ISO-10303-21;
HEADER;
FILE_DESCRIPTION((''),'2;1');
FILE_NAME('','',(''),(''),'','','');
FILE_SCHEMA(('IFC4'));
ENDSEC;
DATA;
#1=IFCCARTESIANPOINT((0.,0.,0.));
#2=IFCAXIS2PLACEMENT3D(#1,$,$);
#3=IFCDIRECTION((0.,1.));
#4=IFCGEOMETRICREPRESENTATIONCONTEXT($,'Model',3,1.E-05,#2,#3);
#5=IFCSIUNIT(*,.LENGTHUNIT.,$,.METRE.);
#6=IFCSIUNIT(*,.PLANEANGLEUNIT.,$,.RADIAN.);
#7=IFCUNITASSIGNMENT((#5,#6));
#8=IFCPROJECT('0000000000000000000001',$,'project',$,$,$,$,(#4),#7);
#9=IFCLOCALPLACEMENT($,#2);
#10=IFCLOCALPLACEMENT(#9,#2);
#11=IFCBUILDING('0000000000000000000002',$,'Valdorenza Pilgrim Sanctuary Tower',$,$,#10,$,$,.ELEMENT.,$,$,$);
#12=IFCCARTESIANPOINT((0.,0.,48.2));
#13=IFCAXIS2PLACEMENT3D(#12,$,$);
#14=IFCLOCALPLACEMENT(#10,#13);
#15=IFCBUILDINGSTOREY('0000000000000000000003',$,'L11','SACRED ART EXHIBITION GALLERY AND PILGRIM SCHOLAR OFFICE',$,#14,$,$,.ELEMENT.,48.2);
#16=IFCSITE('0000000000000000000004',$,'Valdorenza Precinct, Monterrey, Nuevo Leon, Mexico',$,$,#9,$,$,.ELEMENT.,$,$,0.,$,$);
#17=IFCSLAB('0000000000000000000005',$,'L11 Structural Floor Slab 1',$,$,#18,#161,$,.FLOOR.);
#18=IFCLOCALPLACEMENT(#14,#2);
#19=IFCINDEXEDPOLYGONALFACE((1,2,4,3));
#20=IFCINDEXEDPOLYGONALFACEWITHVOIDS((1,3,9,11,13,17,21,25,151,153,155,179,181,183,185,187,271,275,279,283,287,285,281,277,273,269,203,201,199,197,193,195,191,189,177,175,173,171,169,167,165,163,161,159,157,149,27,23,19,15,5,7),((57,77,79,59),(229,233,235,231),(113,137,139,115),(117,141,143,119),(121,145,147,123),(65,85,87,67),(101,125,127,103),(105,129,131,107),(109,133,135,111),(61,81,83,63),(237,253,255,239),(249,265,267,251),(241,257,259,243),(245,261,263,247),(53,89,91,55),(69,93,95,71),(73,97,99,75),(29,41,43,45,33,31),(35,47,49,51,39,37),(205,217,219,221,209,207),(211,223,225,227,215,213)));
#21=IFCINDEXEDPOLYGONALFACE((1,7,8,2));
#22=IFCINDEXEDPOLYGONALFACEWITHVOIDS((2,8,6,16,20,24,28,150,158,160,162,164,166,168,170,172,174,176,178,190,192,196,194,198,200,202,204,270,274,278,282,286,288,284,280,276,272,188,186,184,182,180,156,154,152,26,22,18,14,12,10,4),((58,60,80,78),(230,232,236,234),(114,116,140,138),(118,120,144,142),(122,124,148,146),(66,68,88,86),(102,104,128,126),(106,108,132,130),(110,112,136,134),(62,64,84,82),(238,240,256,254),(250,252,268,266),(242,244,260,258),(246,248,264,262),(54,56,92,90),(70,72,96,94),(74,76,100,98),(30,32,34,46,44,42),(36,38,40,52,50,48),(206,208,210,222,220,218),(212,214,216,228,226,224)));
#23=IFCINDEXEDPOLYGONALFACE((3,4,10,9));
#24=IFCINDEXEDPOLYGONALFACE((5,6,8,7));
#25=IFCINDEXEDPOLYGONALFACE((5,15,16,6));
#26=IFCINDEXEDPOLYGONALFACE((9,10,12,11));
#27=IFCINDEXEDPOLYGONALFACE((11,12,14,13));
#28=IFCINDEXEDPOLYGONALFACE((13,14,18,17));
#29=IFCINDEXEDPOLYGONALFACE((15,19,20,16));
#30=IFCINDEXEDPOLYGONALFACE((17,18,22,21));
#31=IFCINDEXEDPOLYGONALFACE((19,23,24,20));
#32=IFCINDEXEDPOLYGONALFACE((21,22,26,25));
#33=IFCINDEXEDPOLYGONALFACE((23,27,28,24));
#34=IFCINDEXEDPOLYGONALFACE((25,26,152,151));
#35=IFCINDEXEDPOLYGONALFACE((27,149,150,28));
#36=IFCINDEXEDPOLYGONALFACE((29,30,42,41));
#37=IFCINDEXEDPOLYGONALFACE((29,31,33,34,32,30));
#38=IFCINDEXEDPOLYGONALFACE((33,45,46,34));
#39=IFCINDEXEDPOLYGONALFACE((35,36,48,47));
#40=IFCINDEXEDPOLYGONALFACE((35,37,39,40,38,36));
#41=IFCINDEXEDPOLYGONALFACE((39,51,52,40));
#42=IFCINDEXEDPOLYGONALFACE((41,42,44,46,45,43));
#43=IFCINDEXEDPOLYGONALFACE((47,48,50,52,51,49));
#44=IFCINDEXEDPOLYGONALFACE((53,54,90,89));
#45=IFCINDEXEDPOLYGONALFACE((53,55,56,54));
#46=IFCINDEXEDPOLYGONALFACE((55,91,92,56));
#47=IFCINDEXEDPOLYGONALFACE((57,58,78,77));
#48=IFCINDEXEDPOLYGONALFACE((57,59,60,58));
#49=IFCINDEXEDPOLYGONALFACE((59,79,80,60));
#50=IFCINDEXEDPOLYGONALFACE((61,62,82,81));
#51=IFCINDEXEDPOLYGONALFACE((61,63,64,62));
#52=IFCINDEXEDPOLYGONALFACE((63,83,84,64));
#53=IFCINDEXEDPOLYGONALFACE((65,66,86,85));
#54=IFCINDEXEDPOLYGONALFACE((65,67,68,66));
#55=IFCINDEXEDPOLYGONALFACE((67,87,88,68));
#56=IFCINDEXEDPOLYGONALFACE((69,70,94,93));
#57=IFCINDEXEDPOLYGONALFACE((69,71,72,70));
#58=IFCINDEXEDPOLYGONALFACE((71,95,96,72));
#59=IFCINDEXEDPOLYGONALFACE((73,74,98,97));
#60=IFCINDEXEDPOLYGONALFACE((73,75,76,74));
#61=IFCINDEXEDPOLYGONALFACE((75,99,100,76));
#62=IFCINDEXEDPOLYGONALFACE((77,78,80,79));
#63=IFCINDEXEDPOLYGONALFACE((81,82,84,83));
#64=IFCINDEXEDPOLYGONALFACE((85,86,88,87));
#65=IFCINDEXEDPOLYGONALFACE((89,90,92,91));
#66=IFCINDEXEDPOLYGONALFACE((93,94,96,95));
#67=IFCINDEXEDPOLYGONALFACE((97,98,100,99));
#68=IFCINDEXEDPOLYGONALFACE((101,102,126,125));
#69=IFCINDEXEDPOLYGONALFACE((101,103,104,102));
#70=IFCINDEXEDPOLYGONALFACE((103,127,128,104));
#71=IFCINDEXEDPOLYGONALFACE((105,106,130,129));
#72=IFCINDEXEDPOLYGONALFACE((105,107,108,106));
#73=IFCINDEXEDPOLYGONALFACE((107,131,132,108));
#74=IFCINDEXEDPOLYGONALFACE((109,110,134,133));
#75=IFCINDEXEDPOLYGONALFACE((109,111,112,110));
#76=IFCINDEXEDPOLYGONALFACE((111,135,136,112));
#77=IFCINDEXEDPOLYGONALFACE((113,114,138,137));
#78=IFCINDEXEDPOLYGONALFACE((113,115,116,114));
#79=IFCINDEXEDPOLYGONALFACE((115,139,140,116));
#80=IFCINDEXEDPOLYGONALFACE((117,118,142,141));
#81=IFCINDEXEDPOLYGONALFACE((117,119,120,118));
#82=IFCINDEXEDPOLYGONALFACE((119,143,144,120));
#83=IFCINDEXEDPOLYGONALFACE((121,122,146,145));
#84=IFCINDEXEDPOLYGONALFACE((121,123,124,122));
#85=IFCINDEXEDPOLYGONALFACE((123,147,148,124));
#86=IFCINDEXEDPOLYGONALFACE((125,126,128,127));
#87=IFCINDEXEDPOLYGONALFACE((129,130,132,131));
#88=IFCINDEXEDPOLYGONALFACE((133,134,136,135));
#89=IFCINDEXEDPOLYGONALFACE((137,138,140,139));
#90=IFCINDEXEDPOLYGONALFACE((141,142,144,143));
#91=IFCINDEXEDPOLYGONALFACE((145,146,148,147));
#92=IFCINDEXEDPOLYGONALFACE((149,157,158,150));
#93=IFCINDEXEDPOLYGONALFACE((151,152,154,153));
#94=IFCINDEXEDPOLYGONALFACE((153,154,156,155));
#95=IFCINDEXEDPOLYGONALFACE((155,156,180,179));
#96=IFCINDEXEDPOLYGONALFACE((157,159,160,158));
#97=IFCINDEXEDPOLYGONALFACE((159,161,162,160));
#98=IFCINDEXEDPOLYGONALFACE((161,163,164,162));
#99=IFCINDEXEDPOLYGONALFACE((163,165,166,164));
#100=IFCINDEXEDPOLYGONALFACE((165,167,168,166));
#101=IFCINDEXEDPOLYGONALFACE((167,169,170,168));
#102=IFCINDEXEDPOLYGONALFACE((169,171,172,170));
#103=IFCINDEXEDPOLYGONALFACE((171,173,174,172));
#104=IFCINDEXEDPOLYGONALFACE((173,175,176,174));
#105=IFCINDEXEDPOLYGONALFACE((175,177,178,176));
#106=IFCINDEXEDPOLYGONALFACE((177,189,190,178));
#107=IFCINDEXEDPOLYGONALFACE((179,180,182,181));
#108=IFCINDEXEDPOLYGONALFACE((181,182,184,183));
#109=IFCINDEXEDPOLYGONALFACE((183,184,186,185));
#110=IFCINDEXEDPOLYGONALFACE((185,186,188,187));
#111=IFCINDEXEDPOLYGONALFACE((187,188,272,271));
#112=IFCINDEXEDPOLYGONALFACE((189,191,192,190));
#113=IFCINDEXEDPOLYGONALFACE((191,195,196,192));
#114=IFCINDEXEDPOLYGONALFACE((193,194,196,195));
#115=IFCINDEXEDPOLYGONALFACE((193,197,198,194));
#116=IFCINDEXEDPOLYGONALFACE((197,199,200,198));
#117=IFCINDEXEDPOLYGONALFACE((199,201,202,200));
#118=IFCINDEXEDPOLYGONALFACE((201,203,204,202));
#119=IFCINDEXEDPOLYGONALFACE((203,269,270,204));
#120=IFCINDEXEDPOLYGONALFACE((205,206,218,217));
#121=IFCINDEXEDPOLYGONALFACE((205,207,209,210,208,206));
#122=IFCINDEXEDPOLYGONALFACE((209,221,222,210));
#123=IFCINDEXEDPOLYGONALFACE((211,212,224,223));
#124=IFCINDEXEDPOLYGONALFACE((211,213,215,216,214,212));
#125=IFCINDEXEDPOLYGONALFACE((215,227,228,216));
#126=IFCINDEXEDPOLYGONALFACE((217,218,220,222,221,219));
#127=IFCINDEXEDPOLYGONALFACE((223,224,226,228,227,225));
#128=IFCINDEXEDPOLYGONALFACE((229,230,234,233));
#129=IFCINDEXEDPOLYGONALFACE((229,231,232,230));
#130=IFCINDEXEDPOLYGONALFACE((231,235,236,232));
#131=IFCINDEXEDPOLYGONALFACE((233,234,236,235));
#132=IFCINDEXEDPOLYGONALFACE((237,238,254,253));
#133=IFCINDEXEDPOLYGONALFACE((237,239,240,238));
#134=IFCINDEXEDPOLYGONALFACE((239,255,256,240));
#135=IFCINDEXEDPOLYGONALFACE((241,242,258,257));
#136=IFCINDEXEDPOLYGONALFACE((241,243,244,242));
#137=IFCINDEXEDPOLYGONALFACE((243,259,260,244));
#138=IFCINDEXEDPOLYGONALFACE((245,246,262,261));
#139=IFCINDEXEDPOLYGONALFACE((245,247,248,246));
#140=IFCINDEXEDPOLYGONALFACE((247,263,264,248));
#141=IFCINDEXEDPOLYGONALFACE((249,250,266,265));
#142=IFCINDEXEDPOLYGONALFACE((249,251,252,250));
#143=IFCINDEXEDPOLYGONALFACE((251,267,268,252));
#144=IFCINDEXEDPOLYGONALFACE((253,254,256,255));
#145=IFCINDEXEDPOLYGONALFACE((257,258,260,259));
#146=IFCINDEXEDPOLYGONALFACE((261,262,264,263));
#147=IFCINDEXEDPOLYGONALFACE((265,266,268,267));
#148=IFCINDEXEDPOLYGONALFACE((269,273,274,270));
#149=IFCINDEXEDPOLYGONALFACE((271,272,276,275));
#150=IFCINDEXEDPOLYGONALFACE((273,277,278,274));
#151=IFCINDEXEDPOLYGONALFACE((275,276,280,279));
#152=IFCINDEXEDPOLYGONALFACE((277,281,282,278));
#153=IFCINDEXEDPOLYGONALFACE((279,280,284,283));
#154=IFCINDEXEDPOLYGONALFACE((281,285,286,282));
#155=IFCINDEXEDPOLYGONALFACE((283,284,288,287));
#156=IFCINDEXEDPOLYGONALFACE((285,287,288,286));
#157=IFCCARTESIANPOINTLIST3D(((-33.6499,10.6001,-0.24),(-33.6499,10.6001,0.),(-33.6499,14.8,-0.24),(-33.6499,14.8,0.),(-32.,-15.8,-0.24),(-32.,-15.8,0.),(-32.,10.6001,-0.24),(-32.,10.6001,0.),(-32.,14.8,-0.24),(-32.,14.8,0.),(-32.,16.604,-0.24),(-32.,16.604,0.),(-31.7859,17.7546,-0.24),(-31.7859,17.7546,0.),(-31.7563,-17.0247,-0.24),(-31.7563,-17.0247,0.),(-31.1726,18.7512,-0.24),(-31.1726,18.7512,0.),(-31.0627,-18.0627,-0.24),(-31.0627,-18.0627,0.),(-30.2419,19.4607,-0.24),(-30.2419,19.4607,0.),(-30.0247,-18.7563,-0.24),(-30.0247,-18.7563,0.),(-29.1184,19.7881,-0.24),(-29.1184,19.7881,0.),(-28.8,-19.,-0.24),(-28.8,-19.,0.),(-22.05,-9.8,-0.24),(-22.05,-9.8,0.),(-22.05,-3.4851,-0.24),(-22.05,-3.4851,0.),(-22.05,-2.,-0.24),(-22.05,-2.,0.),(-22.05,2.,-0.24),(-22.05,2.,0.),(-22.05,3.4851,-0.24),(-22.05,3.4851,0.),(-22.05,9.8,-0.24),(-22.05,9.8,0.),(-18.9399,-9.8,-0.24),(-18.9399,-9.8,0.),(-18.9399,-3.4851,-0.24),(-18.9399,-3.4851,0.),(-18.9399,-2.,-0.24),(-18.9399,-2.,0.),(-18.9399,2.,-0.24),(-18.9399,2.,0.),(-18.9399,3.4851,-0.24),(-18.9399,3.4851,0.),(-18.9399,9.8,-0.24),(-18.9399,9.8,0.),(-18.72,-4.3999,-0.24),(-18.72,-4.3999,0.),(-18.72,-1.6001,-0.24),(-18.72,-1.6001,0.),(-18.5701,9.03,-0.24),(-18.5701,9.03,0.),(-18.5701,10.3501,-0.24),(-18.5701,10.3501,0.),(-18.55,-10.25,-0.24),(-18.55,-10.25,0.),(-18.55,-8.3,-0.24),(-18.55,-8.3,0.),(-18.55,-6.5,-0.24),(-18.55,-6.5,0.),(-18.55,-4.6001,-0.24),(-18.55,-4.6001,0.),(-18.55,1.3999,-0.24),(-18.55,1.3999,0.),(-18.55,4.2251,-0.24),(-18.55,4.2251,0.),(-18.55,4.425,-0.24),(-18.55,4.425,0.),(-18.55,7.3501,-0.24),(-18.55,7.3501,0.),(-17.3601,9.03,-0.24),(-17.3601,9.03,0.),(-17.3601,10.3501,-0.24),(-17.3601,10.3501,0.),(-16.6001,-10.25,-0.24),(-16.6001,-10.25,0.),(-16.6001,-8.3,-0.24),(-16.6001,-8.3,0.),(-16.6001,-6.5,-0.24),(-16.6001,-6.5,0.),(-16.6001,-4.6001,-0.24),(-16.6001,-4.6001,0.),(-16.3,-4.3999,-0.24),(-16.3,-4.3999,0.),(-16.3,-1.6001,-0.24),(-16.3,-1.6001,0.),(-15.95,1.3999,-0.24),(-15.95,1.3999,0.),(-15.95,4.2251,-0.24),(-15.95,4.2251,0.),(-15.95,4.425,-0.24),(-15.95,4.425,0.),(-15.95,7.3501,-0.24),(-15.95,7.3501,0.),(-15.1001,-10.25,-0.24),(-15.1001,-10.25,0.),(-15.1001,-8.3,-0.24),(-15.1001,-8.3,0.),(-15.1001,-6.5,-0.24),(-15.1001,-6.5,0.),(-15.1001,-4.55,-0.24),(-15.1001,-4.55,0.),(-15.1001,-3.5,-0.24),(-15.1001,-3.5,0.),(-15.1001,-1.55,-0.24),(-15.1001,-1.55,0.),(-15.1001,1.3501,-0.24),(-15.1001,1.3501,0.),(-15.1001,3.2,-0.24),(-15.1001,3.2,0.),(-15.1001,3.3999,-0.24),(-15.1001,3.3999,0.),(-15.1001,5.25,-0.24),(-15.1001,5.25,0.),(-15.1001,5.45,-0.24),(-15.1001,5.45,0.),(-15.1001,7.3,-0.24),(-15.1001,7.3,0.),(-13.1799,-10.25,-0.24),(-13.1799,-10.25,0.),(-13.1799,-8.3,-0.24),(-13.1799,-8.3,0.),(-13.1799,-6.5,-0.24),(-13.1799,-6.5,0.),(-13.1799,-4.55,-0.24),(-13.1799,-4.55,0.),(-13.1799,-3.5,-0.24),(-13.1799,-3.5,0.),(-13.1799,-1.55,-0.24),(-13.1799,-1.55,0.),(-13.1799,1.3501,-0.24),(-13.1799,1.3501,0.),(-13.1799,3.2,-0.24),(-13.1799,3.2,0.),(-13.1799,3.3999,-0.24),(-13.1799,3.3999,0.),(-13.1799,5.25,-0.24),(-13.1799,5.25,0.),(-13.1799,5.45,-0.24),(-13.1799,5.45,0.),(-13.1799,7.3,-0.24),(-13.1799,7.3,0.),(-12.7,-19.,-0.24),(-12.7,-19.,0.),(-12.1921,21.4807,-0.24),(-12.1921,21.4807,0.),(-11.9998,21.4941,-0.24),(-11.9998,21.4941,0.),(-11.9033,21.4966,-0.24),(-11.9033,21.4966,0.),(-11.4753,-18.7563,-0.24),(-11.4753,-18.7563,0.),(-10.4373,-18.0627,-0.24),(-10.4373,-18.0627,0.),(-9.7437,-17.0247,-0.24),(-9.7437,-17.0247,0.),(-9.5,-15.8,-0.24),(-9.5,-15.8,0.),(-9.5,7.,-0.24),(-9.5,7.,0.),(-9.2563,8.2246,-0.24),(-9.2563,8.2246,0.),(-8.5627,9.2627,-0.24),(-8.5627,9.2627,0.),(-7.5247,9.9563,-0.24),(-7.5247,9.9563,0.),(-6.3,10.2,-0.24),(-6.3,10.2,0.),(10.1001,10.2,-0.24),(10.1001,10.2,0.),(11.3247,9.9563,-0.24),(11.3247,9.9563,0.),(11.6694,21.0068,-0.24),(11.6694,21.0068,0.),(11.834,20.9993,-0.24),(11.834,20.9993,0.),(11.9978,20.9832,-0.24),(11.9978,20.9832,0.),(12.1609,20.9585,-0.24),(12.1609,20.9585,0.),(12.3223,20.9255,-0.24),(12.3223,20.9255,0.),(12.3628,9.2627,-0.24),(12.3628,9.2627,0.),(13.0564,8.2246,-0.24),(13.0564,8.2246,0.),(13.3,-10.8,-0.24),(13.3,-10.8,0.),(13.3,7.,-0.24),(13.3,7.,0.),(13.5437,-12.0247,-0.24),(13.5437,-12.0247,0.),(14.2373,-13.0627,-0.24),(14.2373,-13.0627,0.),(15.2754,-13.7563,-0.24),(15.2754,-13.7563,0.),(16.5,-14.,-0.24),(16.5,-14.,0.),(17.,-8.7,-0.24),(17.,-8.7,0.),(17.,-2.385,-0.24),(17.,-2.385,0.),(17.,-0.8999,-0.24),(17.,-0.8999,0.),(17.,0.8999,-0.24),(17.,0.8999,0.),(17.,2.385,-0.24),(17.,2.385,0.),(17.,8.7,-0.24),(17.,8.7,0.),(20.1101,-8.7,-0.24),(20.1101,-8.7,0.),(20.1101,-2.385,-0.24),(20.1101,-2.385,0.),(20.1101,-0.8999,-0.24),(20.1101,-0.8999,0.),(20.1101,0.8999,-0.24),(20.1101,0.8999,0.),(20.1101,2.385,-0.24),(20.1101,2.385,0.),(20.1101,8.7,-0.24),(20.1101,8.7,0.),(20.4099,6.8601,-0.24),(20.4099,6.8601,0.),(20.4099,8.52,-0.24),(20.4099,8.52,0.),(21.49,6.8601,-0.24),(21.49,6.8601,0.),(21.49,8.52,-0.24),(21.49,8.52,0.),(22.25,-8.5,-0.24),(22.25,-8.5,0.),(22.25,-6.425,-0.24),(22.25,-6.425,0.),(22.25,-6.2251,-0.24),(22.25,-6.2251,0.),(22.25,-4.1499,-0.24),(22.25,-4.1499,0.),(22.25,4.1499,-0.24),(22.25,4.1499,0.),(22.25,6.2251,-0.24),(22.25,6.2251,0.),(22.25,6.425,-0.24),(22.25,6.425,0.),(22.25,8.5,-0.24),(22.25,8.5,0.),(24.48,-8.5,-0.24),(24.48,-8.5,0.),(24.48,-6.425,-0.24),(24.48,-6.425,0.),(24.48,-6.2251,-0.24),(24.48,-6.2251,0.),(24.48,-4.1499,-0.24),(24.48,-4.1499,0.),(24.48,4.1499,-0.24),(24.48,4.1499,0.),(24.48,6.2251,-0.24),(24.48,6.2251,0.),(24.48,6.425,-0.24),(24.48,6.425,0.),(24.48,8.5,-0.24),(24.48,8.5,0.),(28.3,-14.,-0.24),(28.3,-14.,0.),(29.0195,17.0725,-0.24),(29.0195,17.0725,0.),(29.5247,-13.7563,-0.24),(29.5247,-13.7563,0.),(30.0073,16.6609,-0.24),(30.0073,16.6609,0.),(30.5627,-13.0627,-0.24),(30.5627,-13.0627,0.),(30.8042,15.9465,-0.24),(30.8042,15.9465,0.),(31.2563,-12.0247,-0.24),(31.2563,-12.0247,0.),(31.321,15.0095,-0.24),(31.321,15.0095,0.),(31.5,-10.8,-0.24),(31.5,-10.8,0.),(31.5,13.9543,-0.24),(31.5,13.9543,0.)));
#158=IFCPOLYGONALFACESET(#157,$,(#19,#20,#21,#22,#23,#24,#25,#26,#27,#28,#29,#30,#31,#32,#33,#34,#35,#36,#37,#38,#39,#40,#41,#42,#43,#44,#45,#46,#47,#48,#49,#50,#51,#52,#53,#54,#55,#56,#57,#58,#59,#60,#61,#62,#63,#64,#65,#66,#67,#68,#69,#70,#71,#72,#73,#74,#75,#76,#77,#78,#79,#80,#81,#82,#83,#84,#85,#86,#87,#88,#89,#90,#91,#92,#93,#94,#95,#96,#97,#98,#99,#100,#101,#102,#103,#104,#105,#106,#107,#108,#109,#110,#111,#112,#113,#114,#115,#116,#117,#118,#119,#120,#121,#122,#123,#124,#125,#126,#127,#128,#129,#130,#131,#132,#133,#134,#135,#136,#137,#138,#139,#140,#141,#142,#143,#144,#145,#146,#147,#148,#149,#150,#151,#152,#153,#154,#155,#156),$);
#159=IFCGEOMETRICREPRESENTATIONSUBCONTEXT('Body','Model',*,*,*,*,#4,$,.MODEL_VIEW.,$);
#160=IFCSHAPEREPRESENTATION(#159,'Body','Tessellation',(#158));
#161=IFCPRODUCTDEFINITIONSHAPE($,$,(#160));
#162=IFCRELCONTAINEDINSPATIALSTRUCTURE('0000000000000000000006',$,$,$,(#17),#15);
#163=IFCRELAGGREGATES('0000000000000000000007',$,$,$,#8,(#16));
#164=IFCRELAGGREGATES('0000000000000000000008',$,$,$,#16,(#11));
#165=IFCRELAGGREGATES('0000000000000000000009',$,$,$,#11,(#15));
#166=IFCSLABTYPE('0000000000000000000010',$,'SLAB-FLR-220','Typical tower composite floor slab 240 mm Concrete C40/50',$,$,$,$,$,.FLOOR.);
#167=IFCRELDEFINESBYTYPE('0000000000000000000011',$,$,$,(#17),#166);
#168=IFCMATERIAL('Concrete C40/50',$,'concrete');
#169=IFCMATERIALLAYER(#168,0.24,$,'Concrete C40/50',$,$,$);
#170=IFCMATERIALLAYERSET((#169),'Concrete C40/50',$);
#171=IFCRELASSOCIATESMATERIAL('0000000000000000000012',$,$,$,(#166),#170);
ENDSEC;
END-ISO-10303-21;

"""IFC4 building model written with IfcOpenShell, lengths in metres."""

from ifc_helpers import new_model, si_unit, direction, frame, origin, place, context, subcontext, project, spatial, polyline, outline, extrude, material, layer, layer_set, type_object, element, save


model = new_model("IFC4")

# Units and contexts
model_context = context("Model", 3, precision=1e-05, world=origin(), true_north=direction((0.0, 1.0)))
body_context = subcontext(model_context, "Body", "Model", "MODEL_VIEW")
ifc_project = project(units=[si_unit("LENGTHUNIT", "METRE"), si_unit("PLANEANGLEUNIT", "RADIAN")], contexts=[model_context])

# Site, building, storey
site_placement = place(None, origin())
site = spatial("IfcSite", under=ifc_project, at=site_placement, Name="Valdorenza Precinct, Monterrey, Nuevo Leon, Mexico", CompositionType="ELEMENT", RefElevation=0.0)
building_placement = place(site_placement, origin())
building = spatial("IfcBuilding", under=site, at=building_placement, Name="Valdorenza Pilgrim Sanctuary Tower", CompositionType="ELEMENT")
storey_placement = place(building_placement, frame((0.0, 0.0, 48.2)))
storey = spatial("IfcBuildingStorey", under=building, at=storey_placement, Name="L11", Description="SACRED ART EXHIBITION GALLERY AND PILGRIM SCHOLAR OFFICE", CompositionType="ELEMENT", Elevation=48.2)

# Slab
ifc_material_1 = material(Name="Concrete C40/50", Category="concrete")
ifc_layer_1 = layer(ifc_material_1, 0.24, Name="Concrete C40/50")
ifc_layer_set_1 = layer_set([ifc_layer_1], Name="Concrete C40/50")
slab_type_1 = type_object("IfcSlabType", Name="SLAB-FLR-220", Description="Typical tower composite floor slab 240 mm Concrete C40/50", PredefinedType="FLOOR", material=ifc_layer_set_1)
slab_1_placement = place(storey_placement, frame((0.0, 0.0, -0.24)))
element("IfcSlab", 1, at=slab_1_placement, inside=storey, type_object=slab_type_1, Name="L11 Structural Floor Slab 1", PredefinedType="FLOOR", context=body_context, shape_type="SweptSolid", body=[
    extrude(outline(polyline([(-31.7859, 17.7546), (-31.1726, 18.7512), (-30.2419, 19.4607), (-29.1184, 19.7881), (-12.1921, 21.4807), (-11.9998, 21.4941), (-11.9033, 21.4966), (11.6694, 21.0068), (11.834, 20.9993), (11.9978, 20.9832), (12.1609, 20.9585), (12.3223, 20.9255), (29.0195, 17.0725), (30.0073, 16.6609), (30.8042, 15.9465), (31.321, 15.0095), (31.5, 13.9543), (31.5, -10.8), (31.2563, -12.0247), (30.5627, -13.0627), (29.5247, -13.7563), (28.3, -14.0), (16.5, -14.0), (15.2754, -13.7563), (14.2373, -13.0627), (13.5437, -12.0247), (13.3, -10.8), (13.3, 7.0), (13.0564, 8.2246), (12.3628, 9.2627), (11.3247, 9.9563), (10.1001, 10.2), (-6.3, 10.2), (-7.5247, 9.9563), (-8.5627, 9.2627), (-9.2563, 8.2246), (-9.5, 7.0), (-9.5, -15.8), (-9.7437, -17.0247), (-10.4373, -18.0627), (-11.4753, -18.7563), (-12.7, -19.0), (-28.8, -19.0), (-30.0247, -18.7563), (-31.0627, -18.0627), (-31.7563, -17.0247), (-32.0, -15.8), (-32.0, 10.6001), (-33.6499, 10.6001), (-33.6499, 14.8), (-32.0, 14.8), (-32.0, 16.604), (-31.7859, 17.7546)]), holes=[polyline([(-16.6001, -10.25), (-16.6001, -8.3), (-18.55, -8.3), (-18.55, -10.25), (-16.6001, -10.25)]), polyline([(-22.05, -9.8), (-18.9399, -9.8), (-18.9399, -3.4851), (-18.9399, -2.0), (-22.05, -2.0), (-22.05, -3.4851), (-22.05, -9.8)]), polyline([(-18.55, -6.5), (-16.6001, -6.5), (-16.6001, -4.6001), (-18.55, -4.6001), (-18.55, -6.5)]), polyline([(-13.1799, -6.5), (-13.1799, -4.55), (-15.1001, -4.55), (-15.1001, -6.5), (-13.1799, -6.5)]), polyline([(-18.72, -4.3999), (-16.3, -4.3999), (-16.3, -1.6001), (-18.72, -1.6001), (-18.72, -4.3999)]), polyline([(-13.1799, -3.5), (-13.1799, -1.55), (-15.1001, -1.55), (-15.1001, -3.5), (-13.1799, -3.5)]), polyline([(-22.05, 2.0), (-18.9399, 2.0), (-18.9399, 3.4851), (-18.9399, 9.8), (-22.05, 9.8), (-22.05, 3.4851), (-22.05, 2.0)]), polyline([(-18.55, 1.3999), (-15.95, 1.3999), (-15.95, 4.2251), (-18.55, 4.2251), (-18.55, 1.3999)]), polyline([(-15.95, 4.425), (-15.95, 7.3501), (-18.55, 7.3501), (-18.55, 4.425), (-15.95, 4.425)]), polyline([(-15.1001, 5.45), (-13.1799, 5.45), (-13.1799, 7.3), (-15.1001, 7.3), (-15.1001, 5.45)]), polyline([(-17.3601, 9.03), (-17.3601, 10.3501), (-18.5701, 10.3501), (-18.5701, 9.03), (-17.3601, 9.03)]), polyline([(-15.1001, -10.25), (-13.1799, -10.25), (-13.1799, -8.3), (-15.1001, -8.3), (-15.1001, -10.25)]), polyline([(22.25, -8.5), (24.48, -8.5), (24.48, -6.425), (22.25, -6.425), (22.25, -8.5)]), polyline([(17.0, -2.385), (17.0, -8.7), (20.1101, -8.7), (20.1101, -2.385), (20.1101, -0.8999), (17.0, -0.8999), (17.0, -2.385)]), polyline([(22.25, -6.2251), (24.48, -6.2251), (24.48, -4.1499), (22.25, -4.1499), (22.25, -6.2251)]), polyline([(17.0, 0.8999), (20.1101, 0.8999), (20.1101, 2.385), (20.1101, 8.7), (17.0, 8.7), (17.0, 2.385), (17.0, 0.8999)]), polyline([(-15.1001, 1.3501), (-13.1799, 1.3501), (-13.1799, 3.2), (-15.1001, 3.2), (-15.1001, 1.3501)]), polyline([(-15.1001, 3.3999), (-13.1799, 3.3999), (-13.1799, 5.25), (-15.1001, 5.25), (-15.1001, 3.3999)]), polyline([(22.25, 4.1499), (24.48, 4.1499), (24.48, 6.2251), (22.25, 6.2251), (22.25, 4.1499)]), polyline([(22.25, 6.425), (24.48, 6.425), (24.48, 8.5), (22.25, 8.5), (22.25, 6.425)]), polyline([(20.4099, 6.8601), (21.49, 6.8601), (21.49, 8.52), (20.4099, 8.52), (20.4099, 6.8601)])]), origin(), (0.0, 0.0, 1.0), 0.24),
])

save(model, "model.ifc")
